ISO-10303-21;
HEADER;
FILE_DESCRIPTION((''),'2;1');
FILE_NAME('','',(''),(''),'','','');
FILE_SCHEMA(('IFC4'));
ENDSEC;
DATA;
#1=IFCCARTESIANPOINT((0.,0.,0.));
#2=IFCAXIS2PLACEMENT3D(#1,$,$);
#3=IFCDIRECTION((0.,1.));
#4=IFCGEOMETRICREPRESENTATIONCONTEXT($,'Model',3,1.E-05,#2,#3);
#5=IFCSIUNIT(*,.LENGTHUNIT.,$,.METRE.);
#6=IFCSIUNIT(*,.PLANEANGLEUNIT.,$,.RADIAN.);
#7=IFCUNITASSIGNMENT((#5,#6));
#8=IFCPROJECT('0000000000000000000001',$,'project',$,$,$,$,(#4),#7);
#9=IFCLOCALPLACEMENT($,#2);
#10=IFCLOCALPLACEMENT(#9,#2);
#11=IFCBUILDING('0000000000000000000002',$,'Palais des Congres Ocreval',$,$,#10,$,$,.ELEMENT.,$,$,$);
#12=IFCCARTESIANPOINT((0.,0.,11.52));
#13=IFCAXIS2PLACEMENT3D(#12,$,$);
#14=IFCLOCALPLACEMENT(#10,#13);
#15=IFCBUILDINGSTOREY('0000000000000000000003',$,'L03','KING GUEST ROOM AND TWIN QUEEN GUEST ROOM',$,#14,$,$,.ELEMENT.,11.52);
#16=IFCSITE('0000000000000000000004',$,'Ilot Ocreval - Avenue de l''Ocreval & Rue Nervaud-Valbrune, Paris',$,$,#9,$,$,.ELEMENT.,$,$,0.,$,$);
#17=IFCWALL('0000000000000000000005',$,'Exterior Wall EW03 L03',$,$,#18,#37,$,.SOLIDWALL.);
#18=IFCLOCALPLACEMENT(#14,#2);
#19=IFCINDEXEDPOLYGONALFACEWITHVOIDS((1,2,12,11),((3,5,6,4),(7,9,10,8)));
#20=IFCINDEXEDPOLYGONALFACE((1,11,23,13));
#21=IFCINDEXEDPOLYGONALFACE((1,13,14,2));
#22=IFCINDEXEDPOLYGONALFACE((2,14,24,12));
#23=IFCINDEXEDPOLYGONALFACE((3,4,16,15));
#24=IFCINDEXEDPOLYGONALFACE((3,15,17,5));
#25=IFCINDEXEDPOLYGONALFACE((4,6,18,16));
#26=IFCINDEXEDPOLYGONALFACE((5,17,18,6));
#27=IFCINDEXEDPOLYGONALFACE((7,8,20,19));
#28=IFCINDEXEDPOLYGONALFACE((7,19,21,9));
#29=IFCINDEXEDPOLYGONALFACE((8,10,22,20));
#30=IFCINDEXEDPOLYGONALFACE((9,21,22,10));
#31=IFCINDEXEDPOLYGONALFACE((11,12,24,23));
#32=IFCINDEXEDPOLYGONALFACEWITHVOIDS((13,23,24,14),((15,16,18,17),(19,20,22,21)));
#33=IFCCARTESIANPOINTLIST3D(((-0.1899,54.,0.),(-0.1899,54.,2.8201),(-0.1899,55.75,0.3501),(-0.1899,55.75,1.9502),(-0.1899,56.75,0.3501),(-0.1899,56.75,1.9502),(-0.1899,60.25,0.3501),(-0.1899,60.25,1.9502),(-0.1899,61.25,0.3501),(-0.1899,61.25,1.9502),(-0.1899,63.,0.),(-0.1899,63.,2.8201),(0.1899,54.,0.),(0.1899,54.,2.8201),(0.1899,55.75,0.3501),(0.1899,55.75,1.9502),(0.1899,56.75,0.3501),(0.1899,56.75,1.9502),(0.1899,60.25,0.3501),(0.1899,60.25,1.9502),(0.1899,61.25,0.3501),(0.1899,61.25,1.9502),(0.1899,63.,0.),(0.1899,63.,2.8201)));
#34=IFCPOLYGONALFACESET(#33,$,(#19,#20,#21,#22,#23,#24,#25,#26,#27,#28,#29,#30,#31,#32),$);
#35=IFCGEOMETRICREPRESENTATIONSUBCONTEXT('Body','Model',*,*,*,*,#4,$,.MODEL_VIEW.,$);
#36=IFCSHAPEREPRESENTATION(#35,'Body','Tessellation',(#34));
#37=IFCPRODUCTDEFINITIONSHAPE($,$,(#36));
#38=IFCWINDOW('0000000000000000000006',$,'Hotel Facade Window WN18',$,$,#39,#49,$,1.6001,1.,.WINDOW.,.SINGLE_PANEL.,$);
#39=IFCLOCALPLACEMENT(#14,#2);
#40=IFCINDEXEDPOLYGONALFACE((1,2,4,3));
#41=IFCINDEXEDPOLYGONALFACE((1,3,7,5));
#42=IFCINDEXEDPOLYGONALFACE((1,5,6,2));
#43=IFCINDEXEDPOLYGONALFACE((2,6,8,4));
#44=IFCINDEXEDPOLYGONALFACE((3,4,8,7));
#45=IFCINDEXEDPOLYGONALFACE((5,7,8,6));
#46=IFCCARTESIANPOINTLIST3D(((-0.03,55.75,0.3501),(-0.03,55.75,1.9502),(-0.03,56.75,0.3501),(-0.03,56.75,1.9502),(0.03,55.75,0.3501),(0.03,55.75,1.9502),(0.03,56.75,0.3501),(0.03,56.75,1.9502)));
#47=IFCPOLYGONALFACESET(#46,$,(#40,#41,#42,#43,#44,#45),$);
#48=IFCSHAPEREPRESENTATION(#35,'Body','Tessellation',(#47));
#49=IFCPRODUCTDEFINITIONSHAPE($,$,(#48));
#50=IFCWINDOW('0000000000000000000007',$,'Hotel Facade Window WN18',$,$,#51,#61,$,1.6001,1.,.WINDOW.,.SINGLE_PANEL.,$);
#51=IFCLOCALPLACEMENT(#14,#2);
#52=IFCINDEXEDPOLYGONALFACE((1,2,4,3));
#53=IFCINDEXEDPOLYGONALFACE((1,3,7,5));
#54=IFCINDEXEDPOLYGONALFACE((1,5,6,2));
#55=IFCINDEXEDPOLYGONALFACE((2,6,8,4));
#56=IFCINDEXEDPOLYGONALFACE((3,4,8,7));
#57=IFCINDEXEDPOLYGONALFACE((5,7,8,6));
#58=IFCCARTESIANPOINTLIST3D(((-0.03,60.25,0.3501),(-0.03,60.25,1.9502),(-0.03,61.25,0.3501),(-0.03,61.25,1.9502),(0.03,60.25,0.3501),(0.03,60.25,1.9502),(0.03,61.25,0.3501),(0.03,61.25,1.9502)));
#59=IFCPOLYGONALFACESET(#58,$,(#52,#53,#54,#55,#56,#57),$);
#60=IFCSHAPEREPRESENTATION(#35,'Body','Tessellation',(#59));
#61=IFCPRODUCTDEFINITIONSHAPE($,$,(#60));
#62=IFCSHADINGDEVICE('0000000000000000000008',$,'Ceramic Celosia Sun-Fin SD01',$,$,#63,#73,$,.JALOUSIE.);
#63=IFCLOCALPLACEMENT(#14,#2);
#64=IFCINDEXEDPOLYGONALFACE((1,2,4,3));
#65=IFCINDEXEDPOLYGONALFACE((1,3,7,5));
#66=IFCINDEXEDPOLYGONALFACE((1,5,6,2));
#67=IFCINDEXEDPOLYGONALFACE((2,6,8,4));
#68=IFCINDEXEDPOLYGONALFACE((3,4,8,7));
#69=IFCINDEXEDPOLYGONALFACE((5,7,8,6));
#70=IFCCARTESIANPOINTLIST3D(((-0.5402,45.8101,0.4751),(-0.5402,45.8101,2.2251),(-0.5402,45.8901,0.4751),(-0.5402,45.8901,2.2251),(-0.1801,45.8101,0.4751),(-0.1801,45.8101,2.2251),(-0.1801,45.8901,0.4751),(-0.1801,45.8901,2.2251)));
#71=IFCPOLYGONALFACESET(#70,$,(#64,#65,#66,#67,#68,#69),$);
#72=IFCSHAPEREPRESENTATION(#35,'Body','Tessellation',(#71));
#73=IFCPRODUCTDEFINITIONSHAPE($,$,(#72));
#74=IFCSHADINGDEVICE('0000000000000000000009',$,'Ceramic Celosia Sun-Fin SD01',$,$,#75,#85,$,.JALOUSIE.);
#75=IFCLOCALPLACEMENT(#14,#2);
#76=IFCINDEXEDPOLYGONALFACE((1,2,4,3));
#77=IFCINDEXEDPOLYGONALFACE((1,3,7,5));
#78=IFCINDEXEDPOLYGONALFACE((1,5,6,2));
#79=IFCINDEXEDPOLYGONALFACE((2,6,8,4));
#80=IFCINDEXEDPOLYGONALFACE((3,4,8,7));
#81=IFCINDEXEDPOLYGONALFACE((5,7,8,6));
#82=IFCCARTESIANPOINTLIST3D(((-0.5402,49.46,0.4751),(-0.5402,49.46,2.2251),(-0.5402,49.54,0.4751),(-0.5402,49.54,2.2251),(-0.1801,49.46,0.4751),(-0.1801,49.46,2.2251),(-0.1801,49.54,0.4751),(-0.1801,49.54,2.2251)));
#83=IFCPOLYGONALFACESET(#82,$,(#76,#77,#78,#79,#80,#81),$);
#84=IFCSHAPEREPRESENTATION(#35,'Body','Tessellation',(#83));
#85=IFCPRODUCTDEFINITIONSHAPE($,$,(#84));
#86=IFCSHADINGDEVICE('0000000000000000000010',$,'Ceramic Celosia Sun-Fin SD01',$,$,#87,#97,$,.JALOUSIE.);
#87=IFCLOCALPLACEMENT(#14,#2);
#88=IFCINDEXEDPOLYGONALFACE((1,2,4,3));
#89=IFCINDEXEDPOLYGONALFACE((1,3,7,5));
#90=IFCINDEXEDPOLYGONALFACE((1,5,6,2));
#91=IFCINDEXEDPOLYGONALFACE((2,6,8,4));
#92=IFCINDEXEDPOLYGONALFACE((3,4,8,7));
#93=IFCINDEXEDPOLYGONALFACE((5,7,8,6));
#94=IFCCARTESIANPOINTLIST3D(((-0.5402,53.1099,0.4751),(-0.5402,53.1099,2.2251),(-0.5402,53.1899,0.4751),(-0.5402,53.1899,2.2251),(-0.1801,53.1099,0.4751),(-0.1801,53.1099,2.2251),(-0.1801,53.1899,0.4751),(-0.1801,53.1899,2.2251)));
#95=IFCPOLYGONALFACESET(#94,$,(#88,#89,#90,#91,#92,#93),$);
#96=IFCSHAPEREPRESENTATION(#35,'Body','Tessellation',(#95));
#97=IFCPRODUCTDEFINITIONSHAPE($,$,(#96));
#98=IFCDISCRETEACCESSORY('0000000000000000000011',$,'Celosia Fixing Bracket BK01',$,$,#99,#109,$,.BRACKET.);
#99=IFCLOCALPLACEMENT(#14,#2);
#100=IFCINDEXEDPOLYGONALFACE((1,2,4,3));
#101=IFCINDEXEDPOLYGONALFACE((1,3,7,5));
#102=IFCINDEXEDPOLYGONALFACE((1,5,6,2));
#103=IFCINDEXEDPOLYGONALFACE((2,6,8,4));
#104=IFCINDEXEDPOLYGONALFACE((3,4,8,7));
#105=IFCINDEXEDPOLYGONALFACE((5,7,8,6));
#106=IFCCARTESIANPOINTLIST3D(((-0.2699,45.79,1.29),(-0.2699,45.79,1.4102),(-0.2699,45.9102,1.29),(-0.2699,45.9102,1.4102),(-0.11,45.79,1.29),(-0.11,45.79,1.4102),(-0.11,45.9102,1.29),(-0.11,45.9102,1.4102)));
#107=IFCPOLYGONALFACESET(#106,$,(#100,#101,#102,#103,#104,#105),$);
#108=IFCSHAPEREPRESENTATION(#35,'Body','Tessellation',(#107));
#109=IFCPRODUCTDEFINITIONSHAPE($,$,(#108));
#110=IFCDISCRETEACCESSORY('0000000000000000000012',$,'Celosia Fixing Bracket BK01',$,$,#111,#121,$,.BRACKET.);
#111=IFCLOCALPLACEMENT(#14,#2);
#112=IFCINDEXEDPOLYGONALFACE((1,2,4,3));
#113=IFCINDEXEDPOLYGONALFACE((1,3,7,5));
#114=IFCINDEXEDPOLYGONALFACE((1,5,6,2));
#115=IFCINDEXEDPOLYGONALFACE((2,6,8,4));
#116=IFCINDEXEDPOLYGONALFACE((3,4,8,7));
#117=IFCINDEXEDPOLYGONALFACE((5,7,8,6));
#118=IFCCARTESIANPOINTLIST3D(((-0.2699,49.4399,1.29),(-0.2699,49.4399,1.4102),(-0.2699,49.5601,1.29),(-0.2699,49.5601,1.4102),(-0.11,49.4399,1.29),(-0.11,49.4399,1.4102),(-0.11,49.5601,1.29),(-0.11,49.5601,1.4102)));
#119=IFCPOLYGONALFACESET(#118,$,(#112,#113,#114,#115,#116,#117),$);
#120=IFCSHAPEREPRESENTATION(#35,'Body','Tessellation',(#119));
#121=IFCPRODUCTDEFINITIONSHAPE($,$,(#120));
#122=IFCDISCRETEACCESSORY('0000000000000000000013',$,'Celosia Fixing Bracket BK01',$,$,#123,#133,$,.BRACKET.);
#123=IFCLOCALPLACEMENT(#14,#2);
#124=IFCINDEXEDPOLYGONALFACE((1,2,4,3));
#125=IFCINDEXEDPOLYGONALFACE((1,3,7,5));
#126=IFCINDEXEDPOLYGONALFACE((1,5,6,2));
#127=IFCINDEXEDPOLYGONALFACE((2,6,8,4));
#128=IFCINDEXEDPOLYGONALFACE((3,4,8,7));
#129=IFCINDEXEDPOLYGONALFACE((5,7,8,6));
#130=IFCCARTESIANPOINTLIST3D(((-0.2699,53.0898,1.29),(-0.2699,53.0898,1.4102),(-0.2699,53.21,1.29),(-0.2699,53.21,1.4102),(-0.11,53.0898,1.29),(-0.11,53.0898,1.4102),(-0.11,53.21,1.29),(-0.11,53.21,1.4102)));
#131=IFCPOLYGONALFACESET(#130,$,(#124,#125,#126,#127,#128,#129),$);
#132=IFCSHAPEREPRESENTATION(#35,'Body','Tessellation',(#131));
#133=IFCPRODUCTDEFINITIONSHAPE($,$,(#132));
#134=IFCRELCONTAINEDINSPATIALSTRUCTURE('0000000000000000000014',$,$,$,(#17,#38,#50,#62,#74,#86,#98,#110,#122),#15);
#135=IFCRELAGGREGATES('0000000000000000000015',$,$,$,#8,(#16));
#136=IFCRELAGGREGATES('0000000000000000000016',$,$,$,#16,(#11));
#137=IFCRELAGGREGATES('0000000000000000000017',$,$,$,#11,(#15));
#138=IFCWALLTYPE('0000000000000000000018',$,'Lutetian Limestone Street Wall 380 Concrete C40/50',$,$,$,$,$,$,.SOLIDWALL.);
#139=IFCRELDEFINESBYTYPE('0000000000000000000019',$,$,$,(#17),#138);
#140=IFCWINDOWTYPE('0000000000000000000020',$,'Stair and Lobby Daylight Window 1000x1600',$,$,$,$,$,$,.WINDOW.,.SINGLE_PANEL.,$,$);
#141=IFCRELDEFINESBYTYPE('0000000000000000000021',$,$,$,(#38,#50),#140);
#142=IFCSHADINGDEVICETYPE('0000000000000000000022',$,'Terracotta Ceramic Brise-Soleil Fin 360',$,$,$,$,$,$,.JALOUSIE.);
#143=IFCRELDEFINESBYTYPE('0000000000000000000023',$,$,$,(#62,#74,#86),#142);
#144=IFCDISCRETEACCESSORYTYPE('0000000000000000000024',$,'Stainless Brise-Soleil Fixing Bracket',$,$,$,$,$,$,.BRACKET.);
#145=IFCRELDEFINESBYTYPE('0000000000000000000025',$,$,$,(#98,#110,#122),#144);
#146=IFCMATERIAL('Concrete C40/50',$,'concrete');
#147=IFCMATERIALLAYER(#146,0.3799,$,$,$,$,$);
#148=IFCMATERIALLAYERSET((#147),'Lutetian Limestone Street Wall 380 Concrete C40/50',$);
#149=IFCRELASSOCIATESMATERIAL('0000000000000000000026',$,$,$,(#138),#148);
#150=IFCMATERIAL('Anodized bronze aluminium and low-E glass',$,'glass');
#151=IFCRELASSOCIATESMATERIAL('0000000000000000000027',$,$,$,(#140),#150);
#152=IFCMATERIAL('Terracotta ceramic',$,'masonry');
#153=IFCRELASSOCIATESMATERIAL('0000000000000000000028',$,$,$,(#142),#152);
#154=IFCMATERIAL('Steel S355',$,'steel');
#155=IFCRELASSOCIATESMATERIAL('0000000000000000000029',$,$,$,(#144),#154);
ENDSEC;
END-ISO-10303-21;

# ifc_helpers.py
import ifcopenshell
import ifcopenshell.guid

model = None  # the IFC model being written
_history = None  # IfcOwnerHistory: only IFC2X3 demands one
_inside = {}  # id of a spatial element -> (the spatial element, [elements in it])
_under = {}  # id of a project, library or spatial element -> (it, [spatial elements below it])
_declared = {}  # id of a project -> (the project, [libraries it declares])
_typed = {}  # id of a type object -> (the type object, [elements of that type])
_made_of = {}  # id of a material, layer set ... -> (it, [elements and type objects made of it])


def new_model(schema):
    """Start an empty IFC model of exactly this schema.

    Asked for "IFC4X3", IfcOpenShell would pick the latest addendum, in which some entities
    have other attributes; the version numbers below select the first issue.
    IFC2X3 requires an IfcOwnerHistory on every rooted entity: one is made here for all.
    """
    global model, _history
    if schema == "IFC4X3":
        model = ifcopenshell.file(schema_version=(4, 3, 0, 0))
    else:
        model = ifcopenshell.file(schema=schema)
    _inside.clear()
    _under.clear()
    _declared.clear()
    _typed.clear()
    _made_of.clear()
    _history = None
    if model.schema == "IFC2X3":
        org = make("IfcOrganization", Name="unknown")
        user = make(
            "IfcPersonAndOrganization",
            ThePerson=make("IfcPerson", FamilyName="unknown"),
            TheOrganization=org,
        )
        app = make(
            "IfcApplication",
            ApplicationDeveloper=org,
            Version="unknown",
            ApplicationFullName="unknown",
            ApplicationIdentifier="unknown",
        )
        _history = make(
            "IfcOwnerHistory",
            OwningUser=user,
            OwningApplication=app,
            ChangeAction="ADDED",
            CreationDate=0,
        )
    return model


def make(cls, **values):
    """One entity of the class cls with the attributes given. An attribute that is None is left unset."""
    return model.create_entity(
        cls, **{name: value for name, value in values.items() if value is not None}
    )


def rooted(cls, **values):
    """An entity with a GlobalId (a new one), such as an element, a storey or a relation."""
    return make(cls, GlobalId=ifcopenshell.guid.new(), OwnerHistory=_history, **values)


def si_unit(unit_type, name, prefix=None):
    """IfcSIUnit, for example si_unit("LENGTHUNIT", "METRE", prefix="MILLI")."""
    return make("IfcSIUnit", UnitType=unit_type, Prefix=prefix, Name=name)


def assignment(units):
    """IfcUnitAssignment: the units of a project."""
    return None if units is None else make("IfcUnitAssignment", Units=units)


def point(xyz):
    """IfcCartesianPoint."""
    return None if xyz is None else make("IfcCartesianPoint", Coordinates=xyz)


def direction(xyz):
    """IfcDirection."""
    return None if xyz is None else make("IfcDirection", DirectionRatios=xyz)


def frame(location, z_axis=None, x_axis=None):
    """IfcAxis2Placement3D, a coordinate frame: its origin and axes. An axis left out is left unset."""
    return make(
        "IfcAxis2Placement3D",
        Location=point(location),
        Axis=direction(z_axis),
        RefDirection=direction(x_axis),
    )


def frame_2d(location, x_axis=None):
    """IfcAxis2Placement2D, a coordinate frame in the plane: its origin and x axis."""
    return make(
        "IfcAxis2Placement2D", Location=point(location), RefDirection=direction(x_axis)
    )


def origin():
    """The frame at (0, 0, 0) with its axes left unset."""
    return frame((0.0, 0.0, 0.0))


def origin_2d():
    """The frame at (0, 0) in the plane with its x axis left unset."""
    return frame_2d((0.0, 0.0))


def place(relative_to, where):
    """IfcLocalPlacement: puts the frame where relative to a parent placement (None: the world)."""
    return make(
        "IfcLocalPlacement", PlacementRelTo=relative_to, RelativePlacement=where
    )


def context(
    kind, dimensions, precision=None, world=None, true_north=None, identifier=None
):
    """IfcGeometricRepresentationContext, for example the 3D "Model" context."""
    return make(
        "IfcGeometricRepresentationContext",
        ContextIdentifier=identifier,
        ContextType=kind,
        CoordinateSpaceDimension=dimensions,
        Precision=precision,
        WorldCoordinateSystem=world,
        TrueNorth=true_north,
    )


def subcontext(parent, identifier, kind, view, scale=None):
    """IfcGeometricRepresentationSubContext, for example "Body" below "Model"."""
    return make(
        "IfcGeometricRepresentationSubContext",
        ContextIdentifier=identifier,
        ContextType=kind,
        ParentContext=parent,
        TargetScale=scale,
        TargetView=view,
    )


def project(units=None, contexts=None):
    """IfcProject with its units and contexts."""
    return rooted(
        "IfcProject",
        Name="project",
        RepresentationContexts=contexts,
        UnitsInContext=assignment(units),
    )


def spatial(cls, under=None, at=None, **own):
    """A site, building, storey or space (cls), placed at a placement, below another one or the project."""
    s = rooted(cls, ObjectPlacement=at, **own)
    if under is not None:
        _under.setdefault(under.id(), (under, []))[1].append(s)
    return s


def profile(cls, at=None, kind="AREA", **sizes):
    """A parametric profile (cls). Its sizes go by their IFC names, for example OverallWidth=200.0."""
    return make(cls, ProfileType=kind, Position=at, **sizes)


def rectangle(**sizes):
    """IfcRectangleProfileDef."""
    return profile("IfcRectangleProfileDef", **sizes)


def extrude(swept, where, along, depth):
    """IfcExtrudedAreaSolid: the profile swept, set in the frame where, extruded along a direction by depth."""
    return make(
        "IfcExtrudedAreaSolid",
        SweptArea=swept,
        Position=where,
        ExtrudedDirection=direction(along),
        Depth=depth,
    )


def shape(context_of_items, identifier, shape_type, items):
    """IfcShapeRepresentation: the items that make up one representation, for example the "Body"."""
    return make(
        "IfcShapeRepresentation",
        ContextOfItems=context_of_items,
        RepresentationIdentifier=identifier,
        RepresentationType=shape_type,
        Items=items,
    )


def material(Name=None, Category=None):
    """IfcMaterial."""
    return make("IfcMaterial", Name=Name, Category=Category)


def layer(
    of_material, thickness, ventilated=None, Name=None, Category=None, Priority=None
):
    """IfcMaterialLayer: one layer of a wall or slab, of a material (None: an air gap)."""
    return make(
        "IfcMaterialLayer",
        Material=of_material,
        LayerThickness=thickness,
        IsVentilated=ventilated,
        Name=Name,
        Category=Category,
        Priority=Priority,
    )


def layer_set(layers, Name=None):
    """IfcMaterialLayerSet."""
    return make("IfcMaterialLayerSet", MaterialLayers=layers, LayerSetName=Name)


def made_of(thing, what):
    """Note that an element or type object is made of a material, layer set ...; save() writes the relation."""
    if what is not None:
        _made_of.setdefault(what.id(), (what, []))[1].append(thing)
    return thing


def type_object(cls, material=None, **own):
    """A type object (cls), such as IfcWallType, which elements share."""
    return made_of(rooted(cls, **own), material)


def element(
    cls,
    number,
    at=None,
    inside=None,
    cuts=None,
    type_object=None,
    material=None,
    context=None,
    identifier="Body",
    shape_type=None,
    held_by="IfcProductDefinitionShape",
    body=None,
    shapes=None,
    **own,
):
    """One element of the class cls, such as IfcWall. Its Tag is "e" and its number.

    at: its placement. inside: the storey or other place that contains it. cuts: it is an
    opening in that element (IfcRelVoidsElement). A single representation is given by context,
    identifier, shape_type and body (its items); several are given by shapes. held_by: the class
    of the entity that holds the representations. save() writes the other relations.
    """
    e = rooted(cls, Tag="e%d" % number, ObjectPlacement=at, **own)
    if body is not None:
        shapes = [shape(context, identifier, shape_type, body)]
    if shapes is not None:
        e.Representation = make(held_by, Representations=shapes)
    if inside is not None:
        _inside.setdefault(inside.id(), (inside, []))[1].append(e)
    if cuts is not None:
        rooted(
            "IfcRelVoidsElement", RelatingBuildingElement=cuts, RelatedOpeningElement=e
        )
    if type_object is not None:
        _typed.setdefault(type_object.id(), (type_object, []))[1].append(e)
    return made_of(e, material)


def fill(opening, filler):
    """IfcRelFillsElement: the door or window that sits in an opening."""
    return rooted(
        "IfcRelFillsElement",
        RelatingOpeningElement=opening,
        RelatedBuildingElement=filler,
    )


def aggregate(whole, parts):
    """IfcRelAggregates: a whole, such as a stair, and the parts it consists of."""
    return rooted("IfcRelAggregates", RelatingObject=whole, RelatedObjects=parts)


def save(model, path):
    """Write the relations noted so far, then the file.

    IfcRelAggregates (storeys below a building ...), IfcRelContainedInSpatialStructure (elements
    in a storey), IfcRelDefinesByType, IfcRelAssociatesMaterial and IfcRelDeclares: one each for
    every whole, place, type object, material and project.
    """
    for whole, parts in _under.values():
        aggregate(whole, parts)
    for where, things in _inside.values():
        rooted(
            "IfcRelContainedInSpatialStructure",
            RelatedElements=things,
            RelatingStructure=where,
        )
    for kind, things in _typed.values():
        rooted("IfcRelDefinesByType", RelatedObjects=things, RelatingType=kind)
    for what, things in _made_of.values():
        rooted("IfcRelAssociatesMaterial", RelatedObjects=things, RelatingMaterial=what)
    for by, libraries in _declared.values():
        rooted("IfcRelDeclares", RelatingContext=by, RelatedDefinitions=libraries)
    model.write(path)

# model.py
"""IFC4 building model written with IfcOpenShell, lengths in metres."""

from ifc_helpers import new_model, si_unit, direction, frame, frame_2d, origin, origin_2d, place, context, subcontext, project, spatial, rectangle, extrude, material, layer, layer_set, type_object, element, fill, save


model = new_model("IFC4")

# Units and contexts
model_context = context("Model", 3, precision=1e-05, world=origin(), true_north=direction((0.0, 1.0)))
body_context = subcontext(model_context, "Body", "Model", "MODEL_VIEW")
ifc_project = project(units=[si_unit("LENGTHUNIT", "METRE"), si_unit("PLANEANGLEUNIT", "RADIAN")], contexts=[model_context])

# Site, building, storey
site_placement = place(None, origin())
site = spatial("IfcSite", under=ifc_project, at=site_placement, Name="Ilot Ocreval - Avenue de l'Ocreval & Rue Nervaud-Valbrune, Paris", CompositionType="ELEMENT", RefElevation=0.0)
building_placement = place(site_placement, origin())
building = spatial("IfcBuilding", under=site, at=building_placement, Name="Palais des Congres Ocreval", CompositionType="ELEMENT")
storey_placement = place(building_placement, frame((0.0, 0.0, 11.52)))
storey = spatial("IfcBuildingStorey", under=building, at=storey_placement, Name="L03", Description="KING GUEST ROOM AND TWIN QUEEN GUEST ROOM", CompositionType="ELEMENT", Elevation=11.52)

# Shared definitions
ifc_material_1 = material(Name="Steel S355", Category="steel")

# Wall, openings, windows
ifc_material_2 = material(Name="Concrete C40/50", Category="concrete")
ifc_layer_1 = layer(ifc_material_2, 0.3799)
ifc_layer_set_1 = layer_set([ifc_layer_1], Name="Lutetian Limestone Street Wall 380 Concrete C40/50")
wall_type_1 = type_object("IfcWallType", Name="Lutetian Limestone Street Wall 380 Concrete C40/50", PredefinedType="SOLIDWALL", material=ifc_layer_set_1)
wall_1_placement = place(storey_placement, frame((0.0, 54.0, 0.0), z_axis=(0.0, 0.0, 1.0), x_axis=(0.0, 1.0, 0.0)))
wall_1 = element("IfcWall", 1, at=wall_1_placement, inside=storey, type_object=wall_type_1, Name="Exterior Wall EW03 L03", PredefinedType="SOLIDWALL", context=body_context, shape_type="SweptSolid", body=[
    extrude(rectangle(XDim=9.0, YDim=0.3799, at=frame_2d((4.5, 0.0))), origin(), (0.0, 0.0, 1.0), 2.8201),
])
opening_1_placement = place(wall_1_placement, frame((1.75, 0.0, 0.3501)))
opening_1 = element("IfcOpeningElement", 2, at=opening_1_placement, cuts=wall_1, PredefinedType="OPENING", context=body_context, shape_type="SweptSolid", body=[
    extrude(rectangle(XDim=1.0, YDim=1.6001, at=frame_2d((0.5, 0.8))), frame((0.0, 0.2, 0.0), z_axis=(0.0, -1.0, 0.0), x_axis=(1.0, 0.0, 0.0)), (0.0, 0.0, 1.0), 0.3999),
])
opening_2_placement = place(wall_1_placement, frame((6.25, 0.0, 0.3501)))
opening_2 = element("IfcOpeningElement", 3, at=opening_2_placement, cuts=wall_1, PredefinedType="OPENING", context=body_context, shape_type="SweptSolid", body=[
    extrude(rectangle(XDim=1.0, YDim=1.6001, at=frame_2d((0.5, 0.8))), frame((0.0, 0.2, 0.0), z_axis=(0.0, -1.0, 0.0), x_axis=(1.0, 0.0, 0.0)), (0.0, 0.0, 1.0), 0.3999),
])
ifc_material_3 = material(Name="Anodized bronze aluminium and low-E glass", Category="glass")
window_type = type_object("IfcWindowType", Name="Stair and Lobby Daylight Window 1000x1600", PartitioningType="SINGLE_PANEL", PredefinedType="WINDOW", material=ifc_material_3)
window_1_placement = place(opening_1_placement, origin())
window_1 = element("IfcWindow", 4, at=window_1_placement, inside=storey, type_object=window_type, Name="Hotel Facade Window WN18", OverallHeight=1.6001, OverallWidth=1.0, PartitioningType="SINGLE_PANEL", PredefinedType="WINDOW", context=body_context, shape_type="SweptSolid", body=[
    extrude(rectangle(XDim=1.0, YDim=1.6001, at=frame_2d((0.5, 0.8))), frame((0.0, 0.03, 0.0), z_axis=(0.0, -1.0, 0.0), x_axis=(1.0, 0.0, 0.0)), (0.0, 0.0, 1.0), 0.0601),
])
fill(opening_1, window_1)
window_2_placement = place(opening_2_placement, origin())
window_2 = element("IfcWindow", 5, at=window_2_placement, inside=storey, type_object=window_type, Name="Hotel Facade Window WN18", OverallHeight=1.6001, OverallWidth=1.0, PartitioningType="SINGLE_PANEL", PredefinedType="WINDOW", context=body_context, shape_type="SweptSolid", body=[
    extrude(rectangle(XDim=1.0, YDim=1.6001, at=frame_2d((0.5, 0.8))), frame((0.0, 0.03, 0.0), z_axis=(0.0, -1.0, 0.0), x_axis=(1.0, 0.0, 0.0)), (0.0, 0.0, 1.0), 0.0601),
])
fill(opening_2, window_2)

# Shading devices
ifc_material_4 = material(Name="Terracotta ceramic", Category="masonry")
shading_device_type = type_object("IfcShadingDeviceType", Name="Terracotta Ceramic Brise-Soleil Fin 360", PredefinedType="JALOUSIE", material=ifc_material_4)
for number, where, z_axis, x_axis, name in (
    (6, (-0.3601, 45.8501, 0.4751), (0.0, 0.0, 1.0), (-1.0, 0.0, 0.0), "Ceramic Celosia Sun-Fin SD01"),
    (7, (-0.3601, 49.5, 0.4751), (0.0, 0.0, 1.0), (-1.0, 0.0, 0.0), "Ceramic Celosia Sun-Fin SD01"),
    (8, (-0.3601, 53.1499, 0.4751), (0.0, 0.0, 1.0), (-1.0, 0.0, 0.0), "Ceramic Celosia Sun-Fin SD01"),
):
    element("IfcShadingDevice", number, at=place(storey_placement, frame(where, z_axis=z_axis, x_axis=x_axis)), inside=storey, type_object=shading_device_type, Name=name, PredefinedType="JALOUSIE", context=body_context, shape_type="SweptSolid", body=[
        extrude(rectangle(XDim=0.3601, YDim=0.0801, at=origin_2d()), origin(), (0.0, 0.0, 1.0), 1.75),
    ])

# Discrete accessories
discrete_accessory_type = type_object("IfcDiscreteAccessoryType", Name="Stainless Brise-Soleil Fixing Bracket", PredefinedType="BRACKET", material=ifc_material_1)
for number, where, z_axis, x_axis, name in (
    (9, (-0.1899, 45.8501, 1.29), (0.0, 0.0, 1.0), (-1.0, 0.0, 0.0), "Celosia Fixing Bracket BK01"),
    (10, (-0.1899, 49.5, 1.29), (0.0, 0.0, 1.0), (-1.0, 0.0, 0.0), "Celosia Fixing Bracket BK01"),
    (11, (-0.1899, 53.1499, 1.29), (0.0, 0.0, 1.0), (-1.0, 0.0, 0.0), "Celosia Fixing Bracket BK01"),
):
    element("IfcDiscreteAccessory", number, at=place(storey_placement, frame(where, z_axis=z_axis, x_axis=x_axis)), inside=storey, type_object=discrete_accessory_type, Name=name, PredefinedType="BRACKET", context=body_context, shape_type="SweptSolid", body=[
        extrude(rectangle(XDim=0.1599, YDim=0.1201, at=origin_2d()), origin(), (0.0, 0.0, 1.0), 0.1201),
    ])

save(model, "model.ifc")
